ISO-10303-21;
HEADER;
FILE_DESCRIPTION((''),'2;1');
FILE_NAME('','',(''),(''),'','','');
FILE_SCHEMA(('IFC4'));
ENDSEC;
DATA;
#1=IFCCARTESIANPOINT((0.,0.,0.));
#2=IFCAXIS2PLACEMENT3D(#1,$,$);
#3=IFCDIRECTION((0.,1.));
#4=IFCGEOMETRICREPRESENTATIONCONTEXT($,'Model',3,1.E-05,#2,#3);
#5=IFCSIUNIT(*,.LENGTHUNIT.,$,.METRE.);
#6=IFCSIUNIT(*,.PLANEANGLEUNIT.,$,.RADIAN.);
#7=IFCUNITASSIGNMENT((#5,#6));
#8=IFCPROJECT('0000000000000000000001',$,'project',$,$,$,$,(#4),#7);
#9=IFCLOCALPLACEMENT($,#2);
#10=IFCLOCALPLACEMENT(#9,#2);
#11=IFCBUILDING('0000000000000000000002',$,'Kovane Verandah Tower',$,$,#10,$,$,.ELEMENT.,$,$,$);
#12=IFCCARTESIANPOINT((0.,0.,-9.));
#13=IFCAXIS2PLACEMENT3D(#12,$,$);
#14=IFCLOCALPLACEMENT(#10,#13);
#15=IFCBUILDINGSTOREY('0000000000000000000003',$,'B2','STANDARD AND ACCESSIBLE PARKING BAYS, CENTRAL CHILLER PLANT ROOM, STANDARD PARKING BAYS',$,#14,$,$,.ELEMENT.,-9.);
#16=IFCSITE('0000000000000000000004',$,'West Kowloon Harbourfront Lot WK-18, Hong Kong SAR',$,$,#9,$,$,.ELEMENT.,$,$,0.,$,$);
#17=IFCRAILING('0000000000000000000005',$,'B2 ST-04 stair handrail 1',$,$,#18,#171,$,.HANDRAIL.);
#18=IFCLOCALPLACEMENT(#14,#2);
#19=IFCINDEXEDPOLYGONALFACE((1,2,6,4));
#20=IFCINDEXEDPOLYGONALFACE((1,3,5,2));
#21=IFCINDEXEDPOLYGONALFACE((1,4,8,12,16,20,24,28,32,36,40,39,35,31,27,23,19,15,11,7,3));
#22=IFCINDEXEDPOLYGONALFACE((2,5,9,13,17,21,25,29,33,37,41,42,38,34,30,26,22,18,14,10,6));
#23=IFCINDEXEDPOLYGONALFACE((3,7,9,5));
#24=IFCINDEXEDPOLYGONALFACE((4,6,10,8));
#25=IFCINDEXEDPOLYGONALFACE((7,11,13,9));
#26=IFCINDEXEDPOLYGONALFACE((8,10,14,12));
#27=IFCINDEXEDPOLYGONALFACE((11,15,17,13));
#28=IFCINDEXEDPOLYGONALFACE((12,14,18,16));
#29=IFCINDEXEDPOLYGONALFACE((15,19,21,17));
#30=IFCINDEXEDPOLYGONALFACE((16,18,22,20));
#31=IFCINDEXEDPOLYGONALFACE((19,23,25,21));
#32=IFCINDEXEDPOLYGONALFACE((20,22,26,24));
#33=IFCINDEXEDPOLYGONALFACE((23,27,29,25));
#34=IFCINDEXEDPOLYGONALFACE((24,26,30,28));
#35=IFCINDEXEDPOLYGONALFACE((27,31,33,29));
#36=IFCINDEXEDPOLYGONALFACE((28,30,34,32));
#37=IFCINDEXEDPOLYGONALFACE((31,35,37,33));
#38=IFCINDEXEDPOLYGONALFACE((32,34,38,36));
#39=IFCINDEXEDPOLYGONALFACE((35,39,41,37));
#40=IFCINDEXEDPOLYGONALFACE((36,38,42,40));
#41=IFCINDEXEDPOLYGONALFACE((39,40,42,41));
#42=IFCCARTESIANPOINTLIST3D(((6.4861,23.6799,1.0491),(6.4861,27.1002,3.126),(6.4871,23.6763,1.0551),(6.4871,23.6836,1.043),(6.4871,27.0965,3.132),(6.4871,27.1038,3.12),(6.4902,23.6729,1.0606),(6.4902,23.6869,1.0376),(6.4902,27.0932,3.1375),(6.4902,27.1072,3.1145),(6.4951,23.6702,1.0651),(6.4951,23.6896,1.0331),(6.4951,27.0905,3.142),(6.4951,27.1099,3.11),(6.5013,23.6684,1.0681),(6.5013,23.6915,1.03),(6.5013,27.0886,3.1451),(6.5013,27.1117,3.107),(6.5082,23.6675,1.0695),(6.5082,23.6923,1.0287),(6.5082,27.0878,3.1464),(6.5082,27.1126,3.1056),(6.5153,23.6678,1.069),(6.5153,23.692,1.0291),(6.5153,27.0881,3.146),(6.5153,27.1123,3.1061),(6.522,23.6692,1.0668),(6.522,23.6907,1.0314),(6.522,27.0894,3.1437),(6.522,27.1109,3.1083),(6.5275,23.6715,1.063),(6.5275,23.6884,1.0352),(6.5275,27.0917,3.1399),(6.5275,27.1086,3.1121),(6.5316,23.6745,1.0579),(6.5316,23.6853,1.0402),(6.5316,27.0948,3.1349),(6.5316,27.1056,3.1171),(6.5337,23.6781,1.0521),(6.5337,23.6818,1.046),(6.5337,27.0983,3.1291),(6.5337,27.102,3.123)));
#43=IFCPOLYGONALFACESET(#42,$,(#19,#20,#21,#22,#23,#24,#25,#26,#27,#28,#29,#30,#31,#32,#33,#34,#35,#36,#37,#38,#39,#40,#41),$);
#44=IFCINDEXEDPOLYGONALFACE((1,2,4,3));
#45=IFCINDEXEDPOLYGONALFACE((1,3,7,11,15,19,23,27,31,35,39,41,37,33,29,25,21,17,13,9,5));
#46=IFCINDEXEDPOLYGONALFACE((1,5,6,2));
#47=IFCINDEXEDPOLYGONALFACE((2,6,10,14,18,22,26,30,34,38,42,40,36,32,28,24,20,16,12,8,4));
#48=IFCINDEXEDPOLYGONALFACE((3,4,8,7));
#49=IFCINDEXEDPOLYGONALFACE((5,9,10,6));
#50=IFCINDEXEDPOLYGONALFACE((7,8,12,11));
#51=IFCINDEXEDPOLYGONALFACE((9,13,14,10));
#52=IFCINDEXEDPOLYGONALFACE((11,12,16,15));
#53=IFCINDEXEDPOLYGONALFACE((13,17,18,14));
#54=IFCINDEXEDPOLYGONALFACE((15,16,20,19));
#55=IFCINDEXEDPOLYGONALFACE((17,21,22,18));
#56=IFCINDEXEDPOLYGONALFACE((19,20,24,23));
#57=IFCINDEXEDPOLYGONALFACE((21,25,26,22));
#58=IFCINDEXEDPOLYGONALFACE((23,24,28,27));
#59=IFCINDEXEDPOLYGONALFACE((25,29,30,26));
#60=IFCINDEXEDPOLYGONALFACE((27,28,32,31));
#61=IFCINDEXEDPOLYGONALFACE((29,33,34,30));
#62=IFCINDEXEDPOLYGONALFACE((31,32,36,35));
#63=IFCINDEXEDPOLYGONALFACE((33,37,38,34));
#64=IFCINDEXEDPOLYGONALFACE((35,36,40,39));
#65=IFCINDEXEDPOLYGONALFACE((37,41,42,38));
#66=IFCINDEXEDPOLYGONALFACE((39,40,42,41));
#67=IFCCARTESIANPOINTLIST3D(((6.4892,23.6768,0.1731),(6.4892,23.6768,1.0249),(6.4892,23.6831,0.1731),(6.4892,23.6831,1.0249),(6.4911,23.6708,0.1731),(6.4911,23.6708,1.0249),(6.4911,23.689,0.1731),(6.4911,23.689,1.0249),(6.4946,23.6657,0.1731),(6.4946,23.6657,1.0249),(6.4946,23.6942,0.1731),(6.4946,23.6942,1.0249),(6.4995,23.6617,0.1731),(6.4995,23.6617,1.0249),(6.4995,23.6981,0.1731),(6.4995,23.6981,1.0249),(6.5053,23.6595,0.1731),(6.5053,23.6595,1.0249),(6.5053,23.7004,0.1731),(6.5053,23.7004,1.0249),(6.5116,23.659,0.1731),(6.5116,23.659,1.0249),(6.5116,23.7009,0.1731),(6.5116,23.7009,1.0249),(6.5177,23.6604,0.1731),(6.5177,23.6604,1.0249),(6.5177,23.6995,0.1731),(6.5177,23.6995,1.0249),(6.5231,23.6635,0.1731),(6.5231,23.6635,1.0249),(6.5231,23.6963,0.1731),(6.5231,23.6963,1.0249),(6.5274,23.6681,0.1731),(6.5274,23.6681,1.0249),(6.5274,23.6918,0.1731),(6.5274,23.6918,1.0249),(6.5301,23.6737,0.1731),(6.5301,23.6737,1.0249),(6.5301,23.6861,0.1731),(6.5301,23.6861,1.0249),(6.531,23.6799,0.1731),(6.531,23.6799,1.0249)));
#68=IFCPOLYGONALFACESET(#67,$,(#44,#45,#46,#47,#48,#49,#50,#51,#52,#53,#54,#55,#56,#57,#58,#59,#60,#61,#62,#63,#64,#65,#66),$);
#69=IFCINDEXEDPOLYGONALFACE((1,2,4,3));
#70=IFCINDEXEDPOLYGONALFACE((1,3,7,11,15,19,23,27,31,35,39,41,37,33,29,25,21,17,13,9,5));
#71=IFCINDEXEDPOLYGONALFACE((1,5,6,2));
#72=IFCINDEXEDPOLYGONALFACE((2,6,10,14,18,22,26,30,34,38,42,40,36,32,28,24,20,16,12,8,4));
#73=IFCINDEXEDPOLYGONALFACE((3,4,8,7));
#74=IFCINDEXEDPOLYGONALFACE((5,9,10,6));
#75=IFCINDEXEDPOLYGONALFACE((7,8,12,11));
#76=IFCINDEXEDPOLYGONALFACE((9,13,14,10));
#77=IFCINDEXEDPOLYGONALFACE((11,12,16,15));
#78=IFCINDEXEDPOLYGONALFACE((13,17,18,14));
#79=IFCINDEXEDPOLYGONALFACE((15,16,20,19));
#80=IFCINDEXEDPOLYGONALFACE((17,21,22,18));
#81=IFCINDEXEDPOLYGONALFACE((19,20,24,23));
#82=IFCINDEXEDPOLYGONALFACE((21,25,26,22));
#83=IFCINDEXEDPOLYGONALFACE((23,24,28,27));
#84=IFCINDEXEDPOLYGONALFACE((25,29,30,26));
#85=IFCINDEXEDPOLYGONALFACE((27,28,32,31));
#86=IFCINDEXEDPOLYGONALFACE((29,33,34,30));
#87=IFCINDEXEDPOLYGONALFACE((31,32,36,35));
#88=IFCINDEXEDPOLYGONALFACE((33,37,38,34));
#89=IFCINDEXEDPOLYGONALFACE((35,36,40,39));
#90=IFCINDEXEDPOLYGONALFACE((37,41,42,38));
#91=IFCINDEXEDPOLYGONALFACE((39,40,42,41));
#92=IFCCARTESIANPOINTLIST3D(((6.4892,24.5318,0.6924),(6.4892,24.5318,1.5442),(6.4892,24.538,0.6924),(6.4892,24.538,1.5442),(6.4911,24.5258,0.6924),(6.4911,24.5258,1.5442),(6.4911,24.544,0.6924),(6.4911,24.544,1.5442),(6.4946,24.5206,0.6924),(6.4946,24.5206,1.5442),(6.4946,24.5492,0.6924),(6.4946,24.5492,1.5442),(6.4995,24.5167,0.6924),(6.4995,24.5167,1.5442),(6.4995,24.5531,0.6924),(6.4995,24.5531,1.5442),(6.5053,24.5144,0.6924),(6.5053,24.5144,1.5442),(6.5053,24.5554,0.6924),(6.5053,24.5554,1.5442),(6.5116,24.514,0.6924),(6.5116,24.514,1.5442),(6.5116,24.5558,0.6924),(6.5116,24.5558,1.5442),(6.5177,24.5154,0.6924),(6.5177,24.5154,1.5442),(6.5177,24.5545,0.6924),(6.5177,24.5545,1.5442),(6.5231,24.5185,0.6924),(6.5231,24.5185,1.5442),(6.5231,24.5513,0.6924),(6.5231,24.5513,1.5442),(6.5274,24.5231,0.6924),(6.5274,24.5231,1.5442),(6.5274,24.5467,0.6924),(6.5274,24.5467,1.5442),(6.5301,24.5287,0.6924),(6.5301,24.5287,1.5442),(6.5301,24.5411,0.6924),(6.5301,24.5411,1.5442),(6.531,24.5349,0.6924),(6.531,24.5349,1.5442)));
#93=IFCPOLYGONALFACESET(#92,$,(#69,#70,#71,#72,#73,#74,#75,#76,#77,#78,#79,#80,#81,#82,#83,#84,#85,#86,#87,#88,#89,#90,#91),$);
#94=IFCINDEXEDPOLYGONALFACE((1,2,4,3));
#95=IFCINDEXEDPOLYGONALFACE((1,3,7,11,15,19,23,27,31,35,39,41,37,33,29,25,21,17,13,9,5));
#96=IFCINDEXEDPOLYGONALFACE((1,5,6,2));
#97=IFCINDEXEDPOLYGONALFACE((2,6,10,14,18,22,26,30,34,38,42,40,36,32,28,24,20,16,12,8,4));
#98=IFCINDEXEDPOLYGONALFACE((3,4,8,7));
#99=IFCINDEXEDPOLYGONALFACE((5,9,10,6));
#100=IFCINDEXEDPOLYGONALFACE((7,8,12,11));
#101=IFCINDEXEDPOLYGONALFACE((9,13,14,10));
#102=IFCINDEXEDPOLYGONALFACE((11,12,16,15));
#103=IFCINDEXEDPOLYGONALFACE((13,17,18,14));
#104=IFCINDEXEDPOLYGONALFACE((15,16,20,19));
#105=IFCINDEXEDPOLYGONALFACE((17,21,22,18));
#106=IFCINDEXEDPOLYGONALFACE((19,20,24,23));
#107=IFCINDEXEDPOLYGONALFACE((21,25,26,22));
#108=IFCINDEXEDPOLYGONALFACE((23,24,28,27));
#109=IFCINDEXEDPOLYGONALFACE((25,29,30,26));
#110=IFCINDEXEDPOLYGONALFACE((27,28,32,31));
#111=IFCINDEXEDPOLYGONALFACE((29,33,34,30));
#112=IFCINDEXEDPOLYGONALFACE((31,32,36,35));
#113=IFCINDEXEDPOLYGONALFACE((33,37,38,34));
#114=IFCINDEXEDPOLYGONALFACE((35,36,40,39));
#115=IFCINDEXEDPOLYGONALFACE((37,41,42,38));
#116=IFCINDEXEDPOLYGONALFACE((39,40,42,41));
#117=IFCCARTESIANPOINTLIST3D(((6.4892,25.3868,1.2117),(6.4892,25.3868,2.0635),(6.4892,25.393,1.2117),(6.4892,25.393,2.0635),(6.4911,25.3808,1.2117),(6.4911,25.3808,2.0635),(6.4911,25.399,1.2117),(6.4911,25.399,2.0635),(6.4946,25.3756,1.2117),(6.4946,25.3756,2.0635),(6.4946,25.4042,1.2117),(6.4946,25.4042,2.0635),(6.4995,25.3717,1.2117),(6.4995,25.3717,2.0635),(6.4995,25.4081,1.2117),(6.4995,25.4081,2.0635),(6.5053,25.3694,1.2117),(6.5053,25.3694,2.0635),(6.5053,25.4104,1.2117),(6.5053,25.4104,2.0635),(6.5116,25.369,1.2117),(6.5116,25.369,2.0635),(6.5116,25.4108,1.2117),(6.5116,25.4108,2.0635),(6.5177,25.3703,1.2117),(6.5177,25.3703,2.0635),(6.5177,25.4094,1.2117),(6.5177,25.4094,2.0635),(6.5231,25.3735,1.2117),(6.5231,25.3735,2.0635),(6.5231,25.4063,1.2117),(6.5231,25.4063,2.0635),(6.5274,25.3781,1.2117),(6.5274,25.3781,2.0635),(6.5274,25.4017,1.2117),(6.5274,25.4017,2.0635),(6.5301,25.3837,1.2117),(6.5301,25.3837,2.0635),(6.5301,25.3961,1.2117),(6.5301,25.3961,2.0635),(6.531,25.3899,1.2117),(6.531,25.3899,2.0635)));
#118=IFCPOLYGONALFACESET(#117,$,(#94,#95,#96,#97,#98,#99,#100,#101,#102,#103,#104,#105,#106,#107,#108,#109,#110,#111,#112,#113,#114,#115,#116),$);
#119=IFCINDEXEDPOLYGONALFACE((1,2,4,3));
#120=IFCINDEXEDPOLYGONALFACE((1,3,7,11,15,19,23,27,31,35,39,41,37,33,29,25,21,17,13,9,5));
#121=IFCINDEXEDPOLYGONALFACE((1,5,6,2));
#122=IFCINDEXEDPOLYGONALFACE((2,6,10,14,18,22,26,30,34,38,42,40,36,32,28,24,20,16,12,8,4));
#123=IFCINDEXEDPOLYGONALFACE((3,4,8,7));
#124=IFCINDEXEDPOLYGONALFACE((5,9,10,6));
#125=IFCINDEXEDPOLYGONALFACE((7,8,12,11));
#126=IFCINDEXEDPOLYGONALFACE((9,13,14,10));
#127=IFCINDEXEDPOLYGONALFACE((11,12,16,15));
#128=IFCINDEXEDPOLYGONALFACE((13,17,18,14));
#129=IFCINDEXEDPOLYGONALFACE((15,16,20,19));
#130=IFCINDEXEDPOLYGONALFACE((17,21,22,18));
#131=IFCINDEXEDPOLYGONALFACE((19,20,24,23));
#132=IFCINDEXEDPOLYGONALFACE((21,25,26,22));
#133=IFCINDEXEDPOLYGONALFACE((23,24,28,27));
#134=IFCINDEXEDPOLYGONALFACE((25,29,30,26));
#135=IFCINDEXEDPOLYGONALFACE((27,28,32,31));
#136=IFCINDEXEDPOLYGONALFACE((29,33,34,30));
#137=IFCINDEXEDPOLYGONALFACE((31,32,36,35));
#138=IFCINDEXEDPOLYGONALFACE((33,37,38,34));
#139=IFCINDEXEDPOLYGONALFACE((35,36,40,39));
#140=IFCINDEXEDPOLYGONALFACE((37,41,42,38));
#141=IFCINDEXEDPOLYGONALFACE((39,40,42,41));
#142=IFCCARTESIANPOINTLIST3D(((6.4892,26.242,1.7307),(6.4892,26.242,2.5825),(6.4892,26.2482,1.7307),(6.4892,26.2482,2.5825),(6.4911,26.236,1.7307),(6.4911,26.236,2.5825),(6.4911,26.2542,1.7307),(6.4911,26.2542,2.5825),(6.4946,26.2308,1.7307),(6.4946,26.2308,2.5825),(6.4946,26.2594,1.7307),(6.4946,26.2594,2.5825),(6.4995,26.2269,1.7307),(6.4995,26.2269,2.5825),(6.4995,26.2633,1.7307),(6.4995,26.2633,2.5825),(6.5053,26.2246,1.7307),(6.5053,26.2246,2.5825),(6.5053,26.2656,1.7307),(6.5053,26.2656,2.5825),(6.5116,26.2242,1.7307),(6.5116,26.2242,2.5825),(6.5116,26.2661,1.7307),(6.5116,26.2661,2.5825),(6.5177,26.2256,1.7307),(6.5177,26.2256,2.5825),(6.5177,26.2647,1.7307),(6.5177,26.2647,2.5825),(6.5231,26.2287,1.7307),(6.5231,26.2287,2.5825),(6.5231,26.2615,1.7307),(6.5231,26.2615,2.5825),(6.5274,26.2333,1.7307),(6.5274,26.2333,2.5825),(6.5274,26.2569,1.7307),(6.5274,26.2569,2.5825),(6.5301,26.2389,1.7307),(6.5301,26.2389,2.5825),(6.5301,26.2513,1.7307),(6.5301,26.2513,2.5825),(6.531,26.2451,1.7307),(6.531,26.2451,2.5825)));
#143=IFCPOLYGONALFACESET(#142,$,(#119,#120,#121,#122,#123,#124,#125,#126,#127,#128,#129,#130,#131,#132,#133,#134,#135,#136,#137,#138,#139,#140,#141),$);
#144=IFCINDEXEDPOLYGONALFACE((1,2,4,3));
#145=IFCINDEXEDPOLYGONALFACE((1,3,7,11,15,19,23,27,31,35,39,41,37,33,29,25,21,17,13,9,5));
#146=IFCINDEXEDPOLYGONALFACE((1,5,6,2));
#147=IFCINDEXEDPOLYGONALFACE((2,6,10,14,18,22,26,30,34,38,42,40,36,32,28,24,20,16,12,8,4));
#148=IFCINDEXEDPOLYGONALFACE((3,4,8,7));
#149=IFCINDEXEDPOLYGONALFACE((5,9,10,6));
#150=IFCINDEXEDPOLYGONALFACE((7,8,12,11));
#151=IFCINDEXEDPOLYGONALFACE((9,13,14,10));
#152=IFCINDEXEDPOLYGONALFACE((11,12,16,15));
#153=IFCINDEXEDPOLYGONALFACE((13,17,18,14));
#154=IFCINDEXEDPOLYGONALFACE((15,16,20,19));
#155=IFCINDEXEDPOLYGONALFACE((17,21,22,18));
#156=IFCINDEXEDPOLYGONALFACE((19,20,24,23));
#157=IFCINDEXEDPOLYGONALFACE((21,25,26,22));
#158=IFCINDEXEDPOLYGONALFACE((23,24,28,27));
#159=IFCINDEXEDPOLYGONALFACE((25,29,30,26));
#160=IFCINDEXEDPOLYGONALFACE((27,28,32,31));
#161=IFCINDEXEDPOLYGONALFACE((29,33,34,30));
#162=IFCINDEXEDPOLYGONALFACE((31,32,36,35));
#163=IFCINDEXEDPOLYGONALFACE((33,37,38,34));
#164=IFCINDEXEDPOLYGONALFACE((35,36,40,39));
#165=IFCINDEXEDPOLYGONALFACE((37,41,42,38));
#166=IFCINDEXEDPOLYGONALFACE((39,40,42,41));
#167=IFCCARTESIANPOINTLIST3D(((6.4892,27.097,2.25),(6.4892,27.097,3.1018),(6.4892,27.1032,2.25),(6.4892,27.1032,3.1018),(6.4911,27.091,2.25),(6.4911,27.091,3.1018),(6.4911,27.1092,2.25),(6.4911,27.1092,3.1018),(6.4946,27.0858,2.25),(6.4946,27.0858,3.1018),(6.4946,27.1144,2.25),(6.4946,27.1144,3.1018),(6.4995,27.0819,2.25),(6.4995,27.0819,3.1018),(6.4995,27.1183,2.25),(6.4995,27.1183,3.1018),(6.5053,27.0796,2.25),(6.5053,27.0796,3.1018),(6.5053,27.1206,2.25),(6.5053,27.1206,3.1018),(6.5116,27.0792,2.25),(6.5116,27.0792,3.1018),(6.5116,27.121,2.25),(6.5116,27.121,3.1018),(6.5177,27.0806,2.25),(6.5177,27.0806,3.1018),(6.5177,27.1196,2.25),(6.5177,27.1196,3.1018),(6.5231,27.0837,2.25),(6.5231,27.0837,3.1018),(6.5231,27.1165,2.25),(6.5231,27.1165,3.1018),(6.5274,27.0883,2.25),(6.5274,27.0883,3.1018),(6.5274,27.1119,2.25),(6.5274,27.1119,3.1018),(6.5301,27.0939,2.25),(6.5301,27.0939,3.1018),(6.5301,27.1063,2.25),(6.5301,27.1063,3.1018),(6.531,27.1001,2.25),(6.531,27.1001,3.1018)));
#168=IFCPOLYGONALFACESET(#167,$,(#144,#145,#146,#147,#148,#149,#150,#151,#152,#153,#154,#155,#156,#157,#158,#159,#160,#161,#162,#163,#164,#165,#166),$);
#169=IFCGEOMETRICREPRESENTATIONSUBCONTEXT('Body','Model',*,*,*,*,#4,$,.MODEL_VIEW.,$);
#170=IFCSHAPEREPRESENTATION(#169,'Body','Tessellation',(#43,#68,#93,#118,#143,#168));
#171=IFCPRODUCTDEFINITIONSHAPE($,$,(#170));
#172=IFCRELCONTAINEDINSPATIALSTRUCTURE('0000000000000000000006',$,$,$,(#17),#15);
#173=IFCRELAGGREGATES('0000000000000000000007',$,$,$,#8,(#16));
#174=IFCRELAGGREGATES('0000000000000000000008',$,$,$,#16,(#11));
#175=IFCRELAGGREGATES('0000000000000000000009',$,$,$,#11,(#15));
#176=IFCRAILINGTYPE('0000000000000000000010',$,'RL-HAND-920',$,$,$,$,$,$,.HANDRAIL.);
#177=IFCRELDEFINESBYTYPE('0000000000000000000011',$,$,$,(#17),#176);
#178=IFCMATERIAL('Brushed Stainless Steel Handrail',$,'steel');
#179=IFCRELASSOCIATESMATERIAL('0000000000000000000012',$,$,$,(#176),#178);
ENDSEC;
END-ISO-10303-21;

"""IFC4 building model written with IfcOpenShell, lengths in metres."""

from ifc_helpers import new_model, si_unit, direction, frame, origin, origin_2d, place, context, subcontext, project, spatial, circle, extrude, material, type_object, element, save


model = new_model("IFC4")

# Units and contexts
model_context = context("Model", 3, precision=1e-05, world=origin(), true_north=direction((0.0, 1.0)))
body_context = subcontext(model_context, "Body", "Model", "MODEL_VIEW")
ifc_project = project(units=[si_unit("LENGTHUNIT", "METRE"), si_unit("PLANEANGLEUNIT", "RADIAN")], contexts=[model_context])

# Site, building, storey
site_placement = place(None, origin())
site = spatial("IfcSite", under=ifc_project, at=site_placement, Name="West Kowloon Harbourfront Lot WK-18, Hong Kong SAR", CompositionType="ELEMENT", RefElevation=0.0)
building_placement = place(site_placement, origin())
building = spatial("IfcBuilding", under=site, at=building_placement, Name="Kovane Verandah Tower", CompositionType="ELEMENT")
storey_placement = place(building_placement, frame((0.0, 0.0, -9.0)))
storey = spatial("IfcBuildingStorey", under=building, at=storey_placement, Name="B2", Description="STANDARD AND ACCESSIBLE PARKING BAYS, CENTRAL CHILLER PLANT ROOM, STANDARD PARKING BAYS", CompositionType="ELEMENT", Elevation=-9.0)

# Railing
ifc_material_1 = material(Name="Brushed Stainless Steel Handrail", Category="steel")
railing_type_1 = type_object("IfcRailingType", Name="RL-HAND-920", PredefinedType="HANDRAIL", material=ifc_material_1)
railing_1_placement = place(storey_placement, frame((6.51, 23.6799, 0.1731)))
element("IfcRailing", 1, at=railing_1_placement, inside=storey, type_object=railing_type_1, Name="B2 ST-04 stair handrail 1", PredefinedType="HANDRAIL", context=body_context, shape_type="SweptSolid", body=[
    extrude(circle(Radius=0.0239, at=origin_2d()), frame((0.0, 0.0, 0.876), z_axis=(0.0, 0.854746, 0.519047), x_axis=(-1.0, 0.0, 0.0)), (0.0, 0.0, 1.0), 4.0015),
    extrude(circle(Radius=0.021, at=origin_2d()), origin(), (0.0, 0.0, 1.0), 0.8518),
    extrude(circle(Radius=0.021, at=origin_2d()), frame((0.0, 0.855, 0.5193)), (0.0, 0.0, 1.0), 0.8518),
    extrude(circle(Radius=0.021, at=origin_2d()), frame((0.0, 1.71, 1.0386)), (0.0, 0.0, 1.0), 0.8518),
    extrude(circle(Radius=0.021, at=origin_2d()), frame((0.0, 2.5652, 1.5576)), (0.0, 0.0, 1.0), 0.8518),
    extrude(circle(Radius=0.021, at=origin_2d()), frame((0.0, 3.4202, 2.0769)), (0.0, 0.0, 1.0), 0.8518),
])

save(model, "model.ifc")
